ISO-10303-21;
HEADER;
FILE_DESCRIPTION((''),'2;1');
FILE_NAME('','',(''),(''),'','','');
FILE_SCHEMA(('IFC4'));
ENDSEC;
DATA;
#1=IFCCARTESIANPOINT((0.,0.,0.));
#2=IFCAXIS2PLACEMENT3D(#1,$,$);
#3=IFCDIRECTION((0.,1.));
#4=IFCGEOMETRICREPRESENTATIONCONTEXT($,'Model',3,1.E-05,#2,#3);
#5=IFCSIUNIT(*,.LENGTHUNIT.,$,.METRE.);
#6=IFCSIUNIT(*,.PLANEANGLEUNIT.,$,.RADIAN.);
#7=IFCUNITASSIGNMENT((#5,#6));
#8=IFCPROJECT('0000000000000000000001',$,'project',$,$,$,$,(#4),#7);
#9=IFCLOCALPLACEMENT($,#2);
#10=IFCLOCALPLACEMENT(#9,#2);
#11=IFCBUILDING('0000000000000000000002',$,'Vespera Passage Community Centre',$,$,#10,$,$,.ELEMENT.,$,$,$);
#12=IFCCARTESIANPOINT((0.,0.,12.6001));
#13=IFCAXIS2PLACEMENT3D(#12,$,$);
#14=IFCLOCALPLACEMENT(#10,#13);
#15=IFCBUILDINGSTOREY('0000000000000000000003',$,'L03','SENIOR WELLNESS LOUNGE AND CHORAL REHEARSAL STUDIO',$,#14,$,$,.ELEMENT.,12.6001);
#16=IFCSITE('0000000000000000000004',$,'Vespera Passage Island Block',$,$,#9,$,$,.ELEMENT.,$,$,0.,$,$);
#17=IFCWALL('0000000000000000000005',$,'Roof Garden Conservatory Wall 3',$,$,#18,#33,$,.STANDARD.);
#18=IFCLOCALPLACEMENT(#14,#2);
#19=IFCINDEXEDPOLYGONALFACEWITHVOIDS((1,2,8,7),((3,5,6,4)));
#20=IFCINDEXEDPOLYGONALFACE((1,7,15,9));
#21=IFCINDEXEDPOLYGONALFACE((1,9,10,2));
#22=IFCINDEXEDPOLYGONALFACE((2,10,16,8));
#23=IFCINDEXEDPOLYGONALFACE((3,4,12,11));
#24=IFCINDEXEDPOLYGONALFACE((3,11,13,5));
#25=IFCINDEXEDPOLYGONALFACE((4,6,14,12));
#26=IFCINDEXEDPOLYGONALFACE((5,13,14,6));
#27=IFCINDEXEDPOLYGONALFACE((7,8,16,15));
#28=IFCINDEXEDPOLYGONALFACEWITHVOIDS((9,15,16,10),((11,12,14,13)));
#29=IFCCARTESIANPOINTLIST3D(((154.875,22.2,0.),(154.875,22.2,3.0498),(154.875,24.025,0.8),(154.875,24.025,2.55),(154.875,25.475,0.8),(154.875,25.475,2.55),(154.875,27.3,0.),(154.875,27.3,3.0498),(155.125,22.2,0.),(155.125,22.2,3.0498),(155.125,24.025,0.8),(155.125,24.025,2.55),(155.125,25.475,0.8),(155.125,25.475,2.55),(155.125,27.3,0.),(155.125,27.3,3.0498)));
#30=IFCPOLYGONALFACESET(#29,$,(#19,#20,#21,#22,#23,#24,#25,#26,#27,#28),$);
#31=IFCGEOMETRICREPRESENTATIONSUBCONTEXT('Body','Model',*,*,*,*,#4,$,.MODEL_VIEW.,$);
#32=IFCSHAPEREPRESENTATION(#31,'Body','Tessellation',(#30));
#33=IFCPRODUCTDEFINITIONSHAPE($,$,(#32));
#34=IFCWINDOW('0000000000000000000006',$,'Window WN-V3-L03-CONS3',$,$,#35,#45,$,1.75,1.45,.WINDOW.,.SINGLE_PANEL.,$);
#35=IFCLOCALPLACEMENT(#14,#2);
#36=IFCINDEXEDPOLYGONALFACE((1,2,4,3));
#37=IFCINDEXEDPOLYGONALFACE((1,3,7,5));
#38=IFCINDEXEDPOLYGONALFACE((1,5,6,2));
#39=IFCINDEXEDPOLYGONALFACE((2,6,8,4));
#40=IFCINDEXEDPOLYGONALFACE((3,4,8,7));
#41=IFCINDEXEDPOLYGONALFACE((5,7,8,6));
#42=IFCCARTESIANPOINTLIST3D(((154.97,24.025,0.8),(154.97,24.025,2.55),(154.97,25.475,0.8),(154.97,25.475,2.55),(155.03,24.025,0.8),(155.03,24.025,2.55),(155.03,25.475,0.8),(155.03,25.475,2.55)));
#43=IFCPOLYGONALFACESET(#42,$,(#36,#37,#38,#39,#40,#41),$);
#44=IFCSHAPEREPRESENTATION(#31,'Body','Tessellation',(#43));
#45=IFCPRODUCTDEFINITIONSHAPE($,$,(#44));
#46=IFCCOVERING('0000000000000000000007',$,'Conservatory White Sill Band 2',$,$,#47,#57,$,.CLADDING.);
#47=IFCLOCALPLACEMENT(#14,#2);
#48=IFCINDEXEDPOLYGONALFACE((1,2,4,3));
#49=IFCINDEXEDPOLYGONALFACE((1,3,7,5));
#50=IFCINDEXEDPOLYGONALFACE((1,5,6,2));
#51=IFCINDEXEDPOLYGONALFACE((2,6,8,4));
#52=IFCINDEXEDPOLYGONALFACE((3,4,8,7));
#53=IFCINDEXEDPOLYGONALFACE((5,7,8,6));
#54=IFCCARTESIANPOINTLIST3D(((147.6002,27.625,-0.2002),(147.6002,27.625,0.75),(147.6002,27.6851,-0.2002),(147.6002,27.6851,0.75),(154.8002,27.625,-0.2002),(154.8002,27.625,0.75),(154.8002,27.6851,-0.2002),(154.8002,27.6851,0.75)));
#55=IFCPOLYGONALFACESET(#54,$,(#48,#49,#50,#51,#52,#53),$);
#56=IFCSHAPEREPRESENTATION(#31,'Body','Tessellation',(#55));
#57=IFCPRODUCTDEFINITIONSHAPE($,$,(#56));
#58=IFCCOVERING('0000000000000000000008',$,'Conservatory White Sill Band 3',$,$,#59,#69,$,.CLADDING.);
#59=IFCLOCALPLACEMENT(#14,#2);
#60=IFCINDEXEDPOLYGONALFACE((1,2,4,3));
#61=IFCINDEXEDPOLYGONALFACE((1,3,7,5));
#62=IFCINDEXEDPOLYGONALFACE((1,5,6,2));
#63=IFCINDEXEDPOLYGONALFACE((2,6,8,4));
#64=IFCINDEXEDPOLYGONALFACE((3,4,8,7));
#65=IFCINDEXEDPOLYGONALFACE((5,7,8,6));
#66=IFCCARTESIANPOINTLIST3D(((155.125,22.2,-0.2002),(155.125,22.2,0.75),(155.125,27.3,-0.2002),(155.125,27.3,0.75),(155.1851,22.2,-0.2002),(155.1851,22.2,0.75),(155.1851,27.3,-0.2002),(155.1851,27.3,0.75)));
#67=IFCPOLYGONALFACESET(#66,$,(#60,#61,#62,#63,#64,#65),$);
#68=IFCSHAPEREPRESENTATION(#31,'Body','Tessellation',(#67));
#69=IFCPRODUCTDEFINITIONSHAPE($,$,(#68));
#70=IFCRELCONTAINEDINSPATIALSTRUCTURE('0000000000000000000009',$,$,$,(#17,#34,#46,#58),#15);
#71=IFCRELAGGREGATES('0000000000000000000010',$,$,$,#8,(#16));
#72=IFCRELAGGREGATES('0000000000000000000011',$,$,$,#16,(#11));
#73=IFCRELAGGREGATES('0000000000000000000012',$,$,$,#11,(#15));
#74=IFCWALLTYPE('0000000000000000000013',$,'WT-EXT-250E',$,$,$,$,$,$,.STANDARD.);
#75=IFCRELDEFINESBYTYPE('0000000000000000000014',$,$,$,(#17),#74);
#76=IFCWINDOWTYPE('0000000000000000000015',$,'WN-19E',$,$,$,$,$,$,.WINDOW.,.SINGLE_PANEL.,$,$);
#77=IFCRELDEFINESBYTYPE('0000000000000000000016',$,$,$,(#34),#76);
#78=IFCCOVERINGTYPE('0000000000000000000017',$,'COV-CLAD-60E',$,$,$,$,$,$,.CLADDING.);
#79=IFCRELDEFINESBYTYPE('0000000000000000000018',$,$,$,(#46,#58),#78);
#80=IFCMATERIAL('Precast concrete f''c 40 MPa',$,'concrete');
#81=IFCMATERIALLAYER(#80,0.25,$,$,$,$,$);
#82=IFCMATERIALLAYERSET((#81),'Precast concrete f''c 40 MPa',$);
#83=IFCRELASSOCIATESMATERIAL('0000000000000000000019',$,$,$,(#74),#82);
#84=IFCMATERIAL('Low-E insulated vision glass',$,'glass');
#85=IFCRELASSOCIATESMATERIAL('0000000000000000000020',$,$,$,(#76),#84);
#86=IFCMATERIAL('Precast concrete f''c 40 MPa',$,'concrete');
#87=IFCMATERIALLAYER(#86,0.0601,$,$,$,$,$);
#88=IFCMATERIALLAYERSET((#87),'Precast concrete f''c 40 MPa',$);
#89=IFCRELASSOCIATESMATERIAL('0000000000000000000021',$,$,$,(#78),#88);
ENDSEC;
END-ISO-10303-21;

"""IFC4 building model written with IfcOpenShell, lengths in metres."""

from ifc_helpers import new_model, si_unit, direction, frame, frame_2d, origin, place, context, subcontext, project, spatial, rectangle, extrude, material, layer, layer_set, type_object, element, fill, save


model = new_model("IFC4")

# Units and contexts
model_context = context("Model", 3, precision=1e-05, world=origin(), true_north=direction((0.0, 1.0)))
body_context = subcontext(model_context, "Body", "Model", "MODEL_VIEW")
ifc_project = project(units=[si_unit("LENGTHUNIT", "METRE"), si_unit("PLANEANGLEUNIT", "RADIAN")], contexts=[model_context])

# Site, building, storey
site_placement = place(None, origin())
site = spatial("IfcSite", under=ifc_project, at=site_placement, Name="Vespera Passage Island Block", CompositionType="ELEMENT", RefElevation=0.0)
building_placement = place(site_placement, origin())
building = spatial("IfcBuilding", under=site, at=building_placement, Name="Vespera Passage Community Centre", CompositionType="ELEMENT")
storey_placement = place(building_placement, frame((0.0, 0.0, 12.6001)))
storey = spatial("IfcBuildingStorey", under=building, at=storey_placement, Name="L03", Description="SENIOR WELLNESS LOUNGE AND CHORAL REHEARSAL STUDIO", CompositionType="ELEMENT", Elevation=12.6001)

# Shared definitions
ifc_material_1 = material(Name="Precast concrete f'c 40 MPa", Category="concrete")
ifc_layer_1 = layer(ifc_material_1, 0.25)
ifc_layer_set_1 = layer_set([ifc_layer_1], Name="Precast concrete f'c 40 MPa")
wall_type = type_object("IfcWallType", Name="WT-EXT-250E", PredefinedType="STANDARD", material=ifc_layer_set_1)

# Wall, opening, window
wall_1_placement = place(storey_placement, frame((155.0, 27.3, 0.0), z_axis=(0.0, 0.0, 1.0), x_axis=(0.0, -1.0, 0.0)))
wall_1 = element("IfcWall", 1, at=wall_1_placement, inside=storey, type_object=wall_type, Name="Roof Garden Conservatory Wall 3", PredefinedType="STANDARD", context=body_context, shape_type="SweptSolid", body=[
    extrude(rectangle(XDim=5.1001, YDim=0.25, at=frame_2d((2.55, 0.0))), origin(), (0.0, 0.0, 1.0), 3.0498),
])
opening_1_placement = place(wall_1_placement, frame((1.825, 0.0, 0.8)))
opening_1 = element("IfcOpeningElement", 2, at=opening_1_placement, cuts=wall_1, PredefinedType="OPENING", context=body_context, shape_type="SweptSolid", body=[
    extrude(rectangle(XDim=1.45, YDim=1.75, at=frame_2d((0.7251, 0.875))), frame((0.0, 0.135, 0.0), z_axis=(0.0, -1.0, 0.0), x_axis=(1.0, 0.0, 0.0)), (0.0, 0.0, 1.0), 0.27),
])
ifc_material_2 = material(Name="Low-E insulated vision glass", Category="glass")
window_type = type_object("IfcWindowType", Name="WN-19E", PartitioningType="SINGLE_PANEL", PredefinedType="WINDOW", material=ifc_material_2)
window_placement = place(opening_1_placement, origin())
window = element("IfcWindow", 3, at=window_placement, inside=storey, type_object=window_type, Name="Window WN-V3-L03-CONS3", OverallHeight=1.75, OverallWidth=1.45, PartitioningType="SINGLE_PANEL", PredefinedType="WINDOW", context=body_context, shape_type="SweptSolid", body=[
    extrude(rectangle(XDim=1.45, YDim=1.75, at=frame_2d((0.7251, 0.875))), frame((0.0, 0.03, 0.0), z_axis=(0.0, -1.0, 0.0), x_axis=(1.0, 0.0, 0.0)), (0.0, 0.0, 1.0), 0.0601),
])
fill(opening_1, window)

# Coverings
ifc_material_3 = material(Name="Precast concrete f'c 40 MPa", Category="concrete")
ifc_layer_2 = layer(ifc_material_3, 0.0601)
ifc_layer_set_2 = layer_set([ifc_layer_2], Name="Precast concrete f'c 40 MPa")
covering_type = type_object("IfcCoveringType", Name="COV-CLAD-60E", PredefinedType="CLADDING", material=ifc_layer_set_2)
covering_1_placement = place(storey_placement, frame((147.6001, 27.655, -0.2002), z_axis=(0.0, 0.0, 1.0), x_axis=(1.0, 0.0, 0.0)))
element("IfcCovering", 4, at=covering_1_placement, inside=storey, type_object=covering_type, Name="Conservatory White Sill Band 2", PredefinedType="CLADDING", context=body_context, shape_type="SweptSolid", body=[
    extrude(rectangle(XDim=7.2, YDim=0.0601, at=frame_2d((3.6001, 0.0))), origin(), (0.0, 0.0, 1.0), 0.9502),
])
covering_2_placement = place(storey_placement, frame((155.155, 27.3, -0.2002), z_axis=(0.0, 0.0, 1.0), x_axis=(0.0, -1.0, 0.0)))
element("IfcCovering", 5, at=covering_2_placement, inside=storey, type_object=covering_type, Name="Conservatory White Sill Band 3", PredefinedType="CLADDING", context=body_context, shape_type="SweptSolid", body=[
    extrude(rectangle(XDim=5.1001, YDim=0.0601, at=frame_2d((2.55, 0.0))), origin(), (0.0, 0.0, 1.0), 0.9502),
])

save(model, "model.ifc")
